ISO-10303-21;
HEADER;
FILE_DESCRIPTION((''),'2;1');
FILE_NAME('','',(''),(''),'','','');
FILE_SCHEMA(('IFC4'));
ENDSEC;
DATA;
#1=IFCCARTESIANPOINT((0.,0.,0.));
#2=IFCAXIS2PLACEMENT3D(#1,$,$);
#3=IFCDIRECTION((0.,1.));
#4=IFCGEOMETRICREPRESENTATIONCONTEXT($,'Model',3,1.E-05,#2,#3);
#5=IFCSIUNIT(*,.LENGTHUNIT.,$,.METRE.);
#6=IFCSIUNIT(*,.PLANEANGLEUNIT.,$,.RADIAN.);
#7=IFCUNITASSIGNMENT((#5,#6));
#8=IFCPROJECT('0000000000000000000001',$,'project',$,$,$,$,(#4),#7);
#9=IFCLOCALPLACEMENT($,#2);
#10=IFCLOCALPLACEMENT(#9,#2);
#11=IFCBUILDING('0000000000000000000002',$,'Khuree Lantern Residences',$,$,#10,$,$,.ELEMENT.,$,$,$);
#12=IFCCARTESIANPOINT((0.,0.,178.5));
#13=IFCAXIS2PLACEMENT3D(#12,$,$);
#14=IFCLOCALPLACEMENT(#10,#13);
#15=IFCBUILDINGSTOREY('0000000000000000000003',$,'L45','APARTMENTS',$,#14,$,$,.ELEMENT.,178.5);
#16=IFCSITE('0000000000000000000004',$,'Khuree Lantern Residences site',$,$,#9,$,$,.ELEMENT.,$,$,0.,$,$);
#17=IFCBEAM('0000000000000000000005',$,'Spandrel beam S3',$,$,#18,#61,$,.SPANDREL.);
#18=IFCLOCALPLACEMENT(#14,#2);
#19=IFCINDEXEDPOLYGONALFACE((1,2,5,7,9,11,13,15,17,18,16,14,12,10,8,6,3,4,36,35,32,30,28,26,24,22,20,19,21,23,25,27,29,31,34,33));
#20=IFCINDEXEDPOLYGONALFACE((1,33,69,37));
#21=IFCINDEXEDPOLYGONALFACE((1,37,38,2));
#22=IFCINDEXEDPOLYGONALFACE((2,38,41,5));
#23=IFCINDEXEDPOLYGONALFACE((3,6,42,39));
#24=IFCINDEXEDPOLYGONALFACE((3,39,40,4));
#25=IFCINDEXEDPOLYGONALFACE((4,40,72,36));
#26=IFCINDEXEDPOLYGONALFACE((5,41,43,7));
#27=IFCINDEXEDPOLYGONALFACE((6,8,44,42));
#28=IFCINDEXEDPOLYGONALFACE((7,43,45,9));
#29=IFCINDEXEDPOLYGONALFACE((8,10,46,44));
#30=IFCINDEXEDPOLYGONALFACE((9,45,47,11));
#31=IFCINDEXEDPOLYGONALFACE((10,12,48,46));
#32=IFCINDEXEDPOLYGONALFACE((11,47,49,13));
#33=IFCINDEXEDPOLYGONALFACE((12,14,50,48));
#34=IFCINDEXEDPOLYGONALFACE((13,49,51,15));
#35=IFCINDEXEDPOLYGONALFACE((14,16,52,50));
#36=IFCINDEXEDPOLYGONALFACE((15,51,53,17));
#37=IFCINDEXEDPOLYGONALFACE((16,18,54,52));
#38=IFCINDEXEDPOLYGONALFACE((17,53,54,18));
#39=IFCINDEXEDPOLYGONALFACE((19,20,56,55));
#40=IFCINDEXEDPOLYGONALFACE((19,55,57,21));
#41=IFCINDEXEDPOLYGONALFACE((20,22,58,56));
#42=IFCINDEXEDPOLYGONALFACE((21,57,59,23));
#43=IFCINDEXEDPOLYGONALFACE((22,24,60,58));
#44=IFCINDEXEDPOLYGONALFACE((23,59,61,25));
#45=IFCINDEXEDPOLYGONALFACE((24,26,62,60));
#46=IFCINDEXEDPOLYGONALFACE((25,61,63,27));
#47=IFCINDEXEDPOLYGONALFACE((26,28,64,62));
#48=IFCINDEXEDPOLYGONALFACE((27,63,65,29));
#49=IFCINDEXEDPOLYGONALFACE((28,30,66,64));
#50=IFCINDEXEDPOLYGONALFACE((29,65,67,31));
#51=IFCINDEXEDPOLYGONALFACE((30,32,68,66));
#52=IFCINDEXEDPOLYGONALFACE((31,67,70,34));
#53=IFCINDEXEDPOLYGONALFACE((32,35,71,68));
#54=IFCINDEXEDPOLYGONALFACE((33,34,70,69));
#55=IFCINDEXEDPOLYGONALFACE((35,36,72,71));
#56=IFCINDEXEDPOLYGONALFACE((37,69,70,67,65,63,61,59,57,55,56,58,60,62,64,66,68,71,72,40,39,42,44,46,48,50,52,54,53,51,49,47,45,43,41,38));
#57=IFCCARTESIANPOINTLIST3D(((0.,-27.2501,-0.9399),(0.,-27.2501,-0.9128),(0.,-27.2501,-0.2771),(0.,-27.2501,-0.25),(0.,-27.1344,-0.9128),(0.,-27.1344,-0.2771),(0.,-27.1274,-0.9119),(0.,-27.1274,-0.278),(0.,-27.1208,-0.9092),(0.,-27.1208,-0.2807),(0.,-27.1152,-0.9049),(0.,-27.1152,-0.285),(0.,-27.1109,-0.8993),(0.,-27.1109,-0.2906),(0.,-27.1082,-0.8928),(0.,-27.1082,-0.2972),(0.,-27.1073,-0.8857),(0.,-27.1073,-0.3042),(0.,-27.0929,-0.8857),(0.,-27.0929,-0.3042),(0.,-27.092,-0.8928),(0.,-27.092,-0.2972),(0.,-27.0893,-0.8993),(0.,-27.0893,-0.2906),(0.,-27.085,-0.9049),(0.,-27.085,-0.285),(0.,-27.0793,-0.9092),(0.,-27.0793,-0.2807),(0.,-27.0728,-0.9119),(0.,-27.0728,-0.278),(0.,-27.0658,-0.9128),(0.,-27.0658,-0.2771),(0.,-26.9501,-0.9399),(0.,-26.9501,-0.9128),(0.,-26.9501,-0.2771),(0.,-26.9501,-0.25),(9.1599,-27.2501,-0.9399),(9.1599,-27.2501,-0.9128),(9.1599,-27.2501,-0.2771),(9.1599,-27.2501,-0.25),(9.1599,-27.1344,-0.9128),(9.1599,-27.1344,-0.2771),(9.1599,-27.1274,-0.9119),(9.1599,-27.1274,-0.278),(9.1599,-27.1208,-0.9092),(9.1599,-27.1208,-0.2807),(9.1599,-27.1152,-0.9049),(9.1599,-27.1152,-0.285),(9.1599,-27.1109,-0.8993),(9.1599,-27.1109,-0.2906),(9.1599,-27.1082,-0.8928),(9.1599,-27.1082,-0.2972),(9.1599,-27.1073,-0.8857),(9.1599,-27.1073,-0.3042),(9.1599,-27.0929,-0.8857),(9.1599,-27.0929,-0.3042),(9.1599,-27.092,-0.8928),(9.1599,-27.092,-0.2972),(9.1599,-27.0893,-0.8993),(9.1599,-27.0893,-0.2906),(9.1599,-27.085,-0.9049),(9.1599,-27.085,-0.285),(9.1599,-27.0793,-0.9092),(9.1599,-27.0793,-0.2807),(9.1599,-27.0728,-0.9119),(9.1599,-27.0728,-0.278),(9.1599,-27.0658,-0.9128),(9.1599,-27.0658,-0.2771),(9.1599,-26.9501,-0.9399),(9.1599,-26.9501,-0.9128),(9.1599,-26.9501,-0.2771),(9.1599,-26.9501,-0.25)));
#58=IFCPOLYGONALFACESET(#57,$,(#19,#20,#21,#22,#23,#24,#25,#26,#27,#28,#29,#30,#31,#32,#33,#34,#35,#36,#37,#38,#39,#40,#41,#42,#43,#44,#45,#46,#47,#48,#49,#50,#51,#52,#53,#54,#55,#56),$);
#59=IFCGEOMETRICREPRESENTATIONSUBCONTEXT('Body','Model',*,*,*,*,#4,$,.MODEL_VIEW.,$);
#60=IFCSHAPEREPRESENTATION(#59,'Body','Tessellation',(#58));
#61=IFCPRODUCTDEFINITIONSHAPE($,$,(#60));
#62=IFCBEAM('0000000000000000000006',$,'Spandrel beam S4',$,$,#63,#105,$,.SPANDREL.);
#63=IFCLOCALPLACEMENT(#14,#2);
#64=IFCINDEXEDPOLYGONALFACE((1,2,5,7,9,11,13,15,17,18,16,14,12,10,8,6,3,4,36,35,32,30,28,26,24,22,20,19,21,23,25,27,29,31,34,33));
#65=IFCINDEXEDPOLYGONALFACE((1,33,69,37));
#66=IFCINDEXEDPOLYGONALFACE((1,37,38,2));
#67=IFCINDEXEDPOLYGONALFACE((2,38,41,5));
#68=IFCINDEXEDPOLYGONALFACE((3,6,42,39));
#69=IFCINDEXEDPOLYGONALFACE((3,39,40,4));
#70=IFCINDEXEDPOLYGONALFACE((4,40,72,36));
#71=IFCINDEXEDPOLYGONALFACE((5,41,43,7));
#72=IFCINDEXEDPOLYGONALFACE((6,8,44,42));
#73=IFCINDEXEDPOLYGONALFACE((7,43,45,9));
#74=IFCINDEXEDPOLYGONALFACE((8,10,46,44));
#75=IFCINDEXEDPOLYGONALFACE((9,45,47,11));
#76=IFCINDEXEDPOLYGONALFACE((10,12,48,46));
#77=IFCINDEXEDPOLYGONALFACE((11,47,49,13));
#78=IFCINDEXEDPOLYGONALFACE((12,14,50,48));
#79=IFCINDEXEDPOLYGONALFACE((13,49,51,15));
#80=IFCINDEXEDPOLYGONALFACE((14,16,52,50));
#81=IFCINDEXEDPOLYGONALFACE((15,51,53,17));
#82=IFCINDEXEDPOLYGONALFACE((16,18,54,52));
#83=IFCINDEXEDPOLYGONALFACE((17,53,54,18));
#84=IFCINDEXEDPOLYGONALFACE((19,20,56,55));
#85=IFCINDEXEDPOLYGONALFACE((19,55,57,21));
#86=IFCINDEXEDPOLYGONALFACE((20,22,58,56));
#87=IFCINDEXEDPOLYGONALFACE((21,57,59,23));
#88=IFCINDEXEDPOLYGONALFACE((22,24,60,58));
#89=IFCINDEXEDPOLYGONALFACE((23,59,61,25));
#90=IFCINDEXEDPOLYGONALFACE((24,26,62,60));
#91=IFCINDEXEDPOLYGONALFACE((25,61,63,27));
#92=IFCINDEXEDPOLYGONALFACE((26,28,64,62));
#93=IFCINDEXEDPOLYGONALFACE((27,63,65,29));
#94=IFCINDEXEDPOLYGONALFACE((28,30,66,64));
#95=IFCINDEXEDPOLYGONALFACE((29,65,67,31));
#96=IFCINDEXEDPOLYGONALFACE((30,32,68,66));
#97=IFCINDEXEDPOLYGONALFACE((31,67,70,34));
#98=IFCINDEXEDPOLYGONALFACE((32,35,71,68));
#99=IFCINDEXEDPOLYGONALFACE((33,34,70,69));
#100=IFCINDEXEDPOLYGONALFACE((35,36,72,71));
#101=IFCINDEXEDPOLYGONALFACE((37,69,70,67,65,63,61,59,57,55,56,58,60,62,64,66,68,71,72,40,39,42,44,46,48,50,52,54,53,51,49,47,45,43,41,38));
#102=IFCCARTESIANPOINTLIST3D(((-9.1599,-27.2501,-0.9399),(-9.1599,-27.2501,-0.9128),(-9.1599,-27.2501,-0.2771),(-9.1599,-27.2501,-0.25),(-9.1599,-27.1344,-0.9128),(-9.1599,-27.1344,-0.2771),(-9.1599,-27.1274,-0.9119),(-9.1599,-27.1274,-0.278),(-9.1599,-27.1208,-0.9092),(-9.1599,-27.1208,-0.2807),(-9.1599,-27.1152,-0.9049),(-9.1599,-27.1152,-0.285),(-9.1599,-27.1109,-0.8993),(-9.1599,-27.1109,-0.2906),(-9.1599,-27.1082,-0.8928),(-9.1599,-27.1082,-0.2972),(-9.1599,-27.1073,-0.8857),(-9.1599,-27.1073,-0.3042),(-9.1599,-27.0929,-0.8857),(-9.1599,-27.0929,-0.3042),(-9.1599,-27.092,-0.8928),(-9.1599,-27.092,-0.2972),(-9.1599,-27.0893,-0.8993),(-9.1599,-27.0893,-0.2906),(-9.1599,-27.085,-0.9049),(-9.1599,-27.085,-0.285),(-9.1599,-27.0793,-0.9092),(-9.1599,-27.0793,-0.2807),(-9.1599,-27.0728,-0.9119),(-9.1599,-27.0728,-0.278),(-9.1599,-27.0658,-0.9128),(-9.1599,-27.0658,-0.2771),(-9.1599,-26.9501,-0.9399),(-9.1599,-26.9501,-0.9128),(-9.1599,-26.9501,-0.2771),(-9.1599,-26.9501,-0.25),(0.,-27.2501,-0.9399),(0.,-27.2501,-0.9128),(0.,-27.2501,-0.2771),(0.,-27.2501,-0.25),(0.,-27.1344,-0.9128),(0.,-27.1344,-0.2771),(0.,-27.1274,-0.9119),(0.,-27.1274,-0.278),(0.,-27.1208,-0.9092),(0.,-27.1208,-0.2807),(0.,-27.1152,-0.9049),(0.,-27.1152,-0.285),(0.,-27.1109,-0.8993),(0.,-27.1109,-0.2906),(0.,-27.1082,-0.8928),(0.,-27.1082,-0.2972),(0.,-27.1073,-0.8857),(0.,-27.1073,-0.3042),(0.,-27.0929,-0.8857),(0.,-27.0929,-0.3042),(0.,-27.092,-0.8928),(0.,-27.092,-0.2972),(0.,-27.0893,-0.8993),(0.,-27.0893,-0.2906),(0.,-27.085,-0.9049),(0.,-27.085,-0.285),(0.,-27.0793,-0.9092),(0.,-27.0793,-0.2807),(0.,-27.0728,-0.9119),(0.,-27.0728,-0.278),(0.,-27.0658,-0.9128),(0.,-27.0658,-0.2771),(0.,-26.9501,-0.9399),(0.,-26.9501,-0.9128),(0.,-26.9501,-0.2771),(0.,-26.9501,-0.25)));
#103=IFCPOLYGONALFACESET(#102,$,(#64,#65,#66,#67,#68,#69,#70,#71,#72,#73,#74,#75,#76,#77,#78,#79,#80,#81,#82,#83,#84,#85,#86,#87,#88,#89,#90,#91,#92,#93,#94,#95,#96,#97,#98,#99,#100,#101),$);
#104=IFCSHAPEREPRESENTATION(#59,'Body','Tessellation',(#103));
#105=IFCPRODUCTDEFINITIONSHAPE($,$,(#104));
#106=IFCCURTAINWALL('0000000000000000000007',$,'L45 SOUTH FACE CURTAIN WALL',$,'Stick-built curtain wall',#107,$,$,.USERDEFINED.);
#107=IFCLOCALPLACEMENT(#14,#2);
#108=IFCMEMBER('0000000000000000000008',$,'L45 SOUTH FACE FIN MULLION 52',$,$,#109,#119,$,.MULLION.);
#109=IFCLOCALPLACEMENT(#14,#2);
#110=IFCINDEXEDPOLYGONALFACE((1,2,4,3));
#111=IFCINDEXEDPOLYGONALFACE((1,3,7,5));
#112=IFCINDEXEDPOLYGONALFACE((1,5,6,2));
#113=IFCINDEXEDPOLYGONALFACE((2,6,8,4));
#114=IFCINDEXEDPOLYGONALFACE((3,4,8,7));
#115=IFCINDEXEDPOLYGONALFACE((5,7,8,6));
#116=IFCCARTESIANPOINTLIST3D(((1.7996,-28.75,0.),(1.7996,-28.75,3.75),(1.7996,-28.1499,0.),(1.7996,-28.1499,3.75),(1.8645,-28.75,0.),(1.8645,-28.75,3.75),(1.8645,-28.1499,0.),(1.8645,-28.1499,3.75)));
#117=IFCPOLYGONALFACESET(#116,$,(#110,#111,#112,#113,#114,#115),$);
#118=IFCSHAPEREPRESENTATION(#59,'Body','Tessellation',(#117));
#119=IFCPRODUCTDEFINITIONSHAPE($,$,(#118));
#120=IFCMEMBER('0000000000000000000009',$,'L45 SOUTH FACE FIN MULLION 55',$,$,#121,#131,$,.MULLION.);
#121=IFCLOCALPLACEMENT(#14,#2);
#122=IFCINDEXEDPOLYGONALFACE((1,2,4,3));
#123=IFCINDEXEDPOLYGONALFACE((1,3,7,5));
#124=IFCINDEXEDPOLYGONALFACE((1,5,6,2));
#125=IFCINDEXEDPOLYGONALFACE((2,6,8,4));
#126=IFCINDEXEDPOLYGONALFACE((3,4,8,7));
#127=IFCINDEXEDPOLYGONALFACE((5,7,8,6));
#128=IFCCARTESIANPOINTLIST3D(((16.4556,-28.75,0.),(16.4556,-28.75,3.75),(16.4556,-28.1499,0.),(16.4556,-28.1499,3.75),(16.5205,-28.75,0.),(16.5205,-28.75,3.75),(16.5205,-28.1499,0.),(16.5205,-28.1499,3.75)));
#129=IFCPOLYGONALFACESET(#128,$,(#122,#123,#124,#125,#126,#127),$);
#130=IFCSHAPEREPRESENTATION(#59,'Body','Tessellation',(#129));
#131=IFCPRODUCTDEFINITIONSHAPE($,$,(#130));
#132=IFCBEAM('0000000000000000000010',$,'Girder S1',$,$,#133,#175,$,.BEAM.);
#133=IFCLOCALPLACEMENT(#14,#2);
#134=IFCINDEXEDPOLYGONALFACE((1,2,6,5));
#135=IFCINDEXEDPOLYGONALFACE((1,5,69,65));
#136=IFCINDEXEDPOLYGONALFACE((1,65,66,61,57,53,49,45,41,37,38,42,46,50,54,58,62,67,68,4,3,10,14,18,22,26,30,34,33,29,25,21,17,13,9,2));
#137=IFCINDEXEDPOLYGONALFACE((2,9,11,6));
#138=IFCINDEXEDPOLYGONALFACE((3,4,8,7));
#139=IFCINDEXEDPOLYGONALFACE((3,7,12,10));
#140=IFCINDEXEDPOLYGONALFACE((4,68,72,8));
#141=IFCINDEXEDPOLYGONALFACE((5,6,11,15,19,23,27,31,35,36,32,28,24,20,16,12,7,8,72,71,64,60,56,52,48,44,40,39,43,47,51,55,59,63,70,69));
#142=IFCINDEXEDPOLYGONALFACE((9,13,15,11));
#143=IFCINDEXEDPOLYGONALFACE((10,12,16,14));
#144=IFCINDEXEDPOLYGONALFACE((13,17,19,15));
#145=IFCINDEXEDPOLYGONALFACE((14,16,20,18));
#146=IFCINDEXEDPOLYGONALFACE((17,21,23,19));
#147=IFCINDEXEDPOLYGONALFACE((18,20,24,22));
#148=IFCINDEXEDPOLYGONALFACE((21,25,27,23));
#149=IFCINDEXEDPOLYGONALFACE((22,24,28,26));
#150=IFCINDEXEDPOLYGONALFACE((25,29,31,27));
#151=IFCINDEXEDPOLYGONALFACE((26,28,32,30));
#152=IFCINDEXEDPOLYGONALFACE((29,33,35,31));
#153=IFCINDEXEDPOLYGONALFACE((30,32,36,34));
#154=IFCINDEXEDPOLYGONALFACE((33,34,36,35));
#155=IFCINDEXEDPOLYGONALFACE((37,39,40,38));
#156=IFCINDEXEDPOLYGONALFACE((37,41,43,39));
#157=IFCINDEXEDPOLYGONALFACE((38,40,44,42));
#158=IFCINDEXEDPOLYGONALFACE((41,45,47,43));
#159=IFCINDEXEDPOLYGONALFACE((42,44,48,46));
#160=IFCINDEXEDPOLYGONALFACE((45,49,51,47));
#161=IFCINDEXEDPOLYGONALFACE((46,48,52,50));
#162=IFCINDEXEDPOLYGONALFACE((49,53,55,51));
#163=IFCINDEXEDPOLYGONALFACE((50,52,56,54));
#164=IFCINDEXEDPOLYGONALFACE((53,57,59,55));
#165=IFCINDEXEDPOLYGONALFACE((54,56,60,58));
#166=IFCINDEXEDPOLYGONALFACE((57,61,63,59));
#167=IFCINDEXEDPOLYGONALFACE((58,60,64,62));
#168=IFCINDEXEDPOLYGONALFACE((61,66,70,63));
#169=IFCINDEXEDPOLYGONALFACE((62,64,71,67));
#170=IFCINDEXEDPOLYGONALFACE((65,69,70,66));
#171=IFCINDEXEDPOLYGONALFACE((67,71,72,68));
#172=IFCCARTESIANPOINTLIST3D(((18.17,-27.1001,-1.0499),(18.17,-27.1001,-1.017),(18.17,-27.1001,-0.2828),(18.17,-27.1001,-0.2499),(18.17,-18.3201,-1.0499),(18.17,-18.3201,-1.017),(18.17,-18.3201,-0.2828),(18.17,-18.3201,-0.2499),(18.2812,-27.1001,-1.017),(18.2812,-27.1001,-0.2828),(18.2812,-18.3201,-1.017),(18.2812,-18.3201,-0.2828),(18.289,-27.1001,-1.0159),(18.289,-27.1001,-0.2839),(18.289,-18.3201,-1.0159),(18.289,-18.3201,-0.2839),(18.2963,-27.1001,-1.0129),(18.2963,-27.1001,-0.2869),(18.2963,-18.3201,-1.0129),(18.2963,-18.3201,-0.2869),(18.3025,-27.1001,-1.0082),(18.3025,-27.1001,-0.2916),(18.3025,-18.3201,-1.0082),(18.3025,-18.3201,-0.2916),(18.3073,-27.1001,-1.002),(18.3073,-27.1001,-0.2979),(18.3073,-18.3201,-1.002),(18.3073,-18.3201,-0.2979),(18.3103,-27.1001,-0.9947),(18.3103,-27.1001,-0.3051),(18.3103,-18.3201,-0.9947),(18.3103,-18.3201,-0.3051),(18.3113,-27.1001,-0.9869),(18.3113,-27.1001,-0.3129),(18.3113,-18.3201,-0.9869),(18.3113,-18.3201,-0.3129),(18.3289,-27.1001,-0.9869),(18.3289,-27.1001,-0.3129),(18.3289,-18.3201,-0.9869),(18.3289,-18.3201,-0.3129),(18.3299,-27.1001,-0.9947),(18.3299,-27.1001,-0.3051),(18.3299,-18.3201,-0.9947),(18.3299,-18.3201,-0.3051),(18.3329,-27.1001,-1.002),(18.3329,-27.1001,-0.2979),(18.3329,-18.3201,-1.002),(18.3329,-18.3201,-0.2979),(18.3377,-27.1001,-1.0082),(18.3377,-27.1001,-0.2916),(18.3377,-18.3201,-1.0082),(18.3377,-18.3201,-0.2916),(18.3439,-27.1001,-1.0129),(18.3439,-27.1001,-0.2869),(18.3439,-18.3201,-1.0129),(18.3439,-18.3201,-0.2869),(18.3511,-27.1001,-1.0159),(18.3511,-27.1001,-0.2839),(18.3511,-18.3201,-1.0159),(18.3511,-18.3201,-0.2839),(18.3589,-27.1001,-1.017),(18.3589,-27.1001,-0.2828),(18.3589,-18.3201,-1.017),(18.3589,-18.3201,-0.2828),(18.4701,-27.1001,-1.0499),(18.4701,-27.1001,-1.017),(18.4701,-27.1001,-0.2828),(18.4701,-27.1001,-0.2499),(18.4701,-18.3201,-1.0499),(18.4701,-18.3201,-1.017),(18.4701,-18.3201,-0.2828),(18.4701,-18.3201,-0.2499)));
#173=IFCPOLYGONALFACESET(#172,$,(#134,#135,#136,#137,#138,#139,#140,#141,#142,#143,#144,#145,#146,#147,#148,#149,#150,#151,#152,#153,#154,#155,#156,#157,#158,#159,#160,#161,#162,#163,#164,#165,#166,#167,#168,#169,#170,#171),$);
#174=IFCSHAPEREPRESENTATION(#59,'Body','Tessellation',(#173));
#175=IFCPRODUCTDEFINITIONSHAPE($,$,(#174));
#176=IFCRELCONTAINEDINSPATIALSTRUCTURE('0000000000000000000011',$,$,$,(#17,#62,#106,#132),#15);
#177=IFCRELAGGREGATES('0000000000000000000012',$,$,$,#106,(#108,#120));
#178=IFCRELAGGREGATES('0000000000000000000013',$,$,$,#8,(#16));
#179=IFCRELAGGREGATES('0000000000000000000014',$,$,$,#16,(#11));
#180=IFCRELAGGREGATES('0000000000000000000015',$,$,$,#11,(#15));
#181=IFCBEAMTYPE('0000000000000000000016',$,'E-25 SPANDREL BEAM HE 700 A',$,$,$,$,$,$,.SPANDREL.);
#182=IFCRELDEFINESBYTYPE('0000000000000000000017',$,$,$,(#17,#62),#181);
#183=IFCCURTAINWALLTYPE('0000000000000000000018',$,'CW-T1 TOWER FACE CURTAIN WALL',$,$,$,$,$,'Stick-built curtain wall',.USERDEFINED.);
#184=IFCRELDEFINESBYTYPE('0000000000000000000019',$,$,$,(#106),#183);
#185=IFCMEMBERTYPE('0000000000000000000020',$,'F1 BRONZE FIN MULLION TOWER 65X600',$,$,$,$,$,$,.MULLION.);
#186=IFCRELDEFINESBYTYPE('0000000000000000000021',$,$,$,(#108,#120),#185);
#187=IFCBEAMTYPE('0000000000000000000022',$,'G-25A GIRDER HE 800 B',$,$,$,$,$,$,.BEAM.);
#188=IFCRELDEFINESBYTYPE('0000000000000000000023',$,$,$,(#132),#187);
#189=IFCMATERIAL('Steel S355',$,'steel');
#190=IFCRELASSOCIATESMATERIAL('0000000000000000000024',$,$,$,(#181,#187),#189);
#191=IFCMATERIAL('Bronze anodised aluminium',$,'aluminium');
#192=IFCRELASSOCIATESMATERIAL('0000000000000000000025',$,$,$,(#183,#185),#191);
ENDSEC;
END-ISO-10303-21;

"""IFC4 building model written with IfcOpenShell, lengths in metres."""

from ifc_helpers import new_model, si_unit, direction, frame, origin, origin_2d, place, context, subcontext, project, spatial, rectangle, i_section, extrude, material, material_profile, profile_set, type_object, element, aggregate, save


model = new_model("IFC4")

# Units and contexts
model_context = context("Model", 3, precision=1e-05, world=origin(), true_north=direction((0.0, 1.0)))
body_context = subcontext(model_context, "Body", "Model", "MODEL_VIEW")
ifc_project = project(units=[si_unit("LENGTHUNIT", "METRE"), si_unit("PLANEANGLEUNIT", "RADIAN")], contexts=[model_context])

# Site, building, storey
site_placement = place(None, origin())
site = spatial("IfcSite", under=ifc_project, at=site_placement, Name="Khuree Lantern Residences site", CompositionType="ELEMENT", RefElevation=0.0)
building_placement = place(site_placement, origin())
building = spatial("IfcBuilding", under=site, at=building_placement, Name="Khuree Lantern Residences", CompositionType="ELEMENT")
storey_placement = place(building_placement, frame((0.0, 0.0, 178.5)))
storey = spatial("IfcBuildingStorey", under=building, at=storey_placement, Name="L45", Description="APARTMENTS", CompositionType="ELEMENT", Elevation=178.5)

# Beams
ifc_material_1 = material(Name="Steel S355", Category="steel")
ifc_material_profile_1 = material_profile(ifc_material_1, i_section(OverallWidth=0.3, OverallDepth=0.6899, WebThickness=0.0144, FlangeThickness=0.0271, FilletRadius=0.0271, at=origin_2d()), Name="HE 700 A")
ifc_profile_set_1 = profile_set([ifc_material_profile_1], Name="Steel S355")
beam_type_1 = type_object("IfcBeamType", Name="E-25 SPANDREL BEAM HE 700 A", PredefinedType="SPANDREL", material=ifc_profile_set_1)
for number, where, z_axis, x_axis, name in (
    (1, (9.1599, -27.1001, -0.595), (-1.0, 0.0, 0.0), (0.0, -1.0, 0.0), "Spandrel beam S3"),
    (2, (0.0, -27.1001, -0.595), (-1.0, 0.0, 0.0), (0.0, -1.0, 0.0), "Spandrel beam S4"),
):
    element("IfcBeam", number, at=place(storey_placement, frame(where, z_axis=z_axis, x_axis=x_axis)), inside=storey, type_object=beam_type_1, Name=name, PredefinedType="SPANDREL", context=body_context, shape_type="SweptSolid", body=[
        extrude(i_section(OverallWidth=0.3, OverallDepth=0.6899, WebThickness=0.0144, FlangeThickness=0.0271, FilletRadius=0.0271, at=origin_2d()), origin(), (0.0, 0.0, 1.0), 9.1599),
    ])

# Curtain wall, members
ifc_material_2 = material(Name="Bronze anodised aluminium", Category="aluminium")
curtain_wall_type = type_object("IfcCurtainWallType", Name="CW-T1 TOWER FACE CURTAIN WALL", ElementType="Stick-built curtain wall", PredefinedType="USERDEFINED", material=ifc_material_2)
curtain_wall_placement = place(storey_placement, origin())
curtain_wall = element("IfcCurtainWall", 3, at=curtain_wall_placement, inside=storey, type_object=curtain_wall_type, Name="L45 SOUTH FACE CURTAIN WALL", ObjectType="Stick-built curtain wall", PredefinedType="USERDEFINED")
ifc_material_profile_2 = material_profile(ifc_material_2, rectangle(XDim=0.0649, YDim=0.6001, at=origin_2d()), Name="F1 65X600")
ifc_profile_set_2 = profile_set([ifc_material_profile_2], Name="Bronze anodised aluminium")
member_type_1 = type_object("IfcMemberType", Name="F1 BRONZE FIN MULLION TOWER 65X600", PredefinedType="MULLION", material=ifc_profile_set_2)
member_1_placement = place(storey_placement, frame((1.832, -28.45, 0.0), z_axis=(0.0, 0.0, 1.0), x_axis=(1.0, 0.0, 0.0)))
member_1 = element("IfcMember", 4, at=member_1_placement, type_object=member_type_1, Name="L45 SOUTH FACE FIN MULLION 52", PredefinedType="MULLION", context=body_context, shape_type="SweptSolid", body=[
    extrude(rectangle(XDim=0.0649, YDim=0.6001, at=origin_2d()), origin(), (0.0, 0.0, 1.0), 3.75),
])
member_2_placement = place(storey_placement, frame((16.488, -28.45, 0.0), z_axis=(0.0, 0.0, 1.0), x_axis=(1.0, 0.0, 0.0)))
member_2 = element("IfcMember", 5, at=member_2_placement, type_object=member_type_1, Name="L45 SOUTH FACE FIN MULLION 55", PredefinedType="MULLION", context=body_context, shape_type="SweptSolid", body=[
    extrude(rectangle(XDim=0.0649, YDim=0.6001, at=origin_2d()), origin(), (0.0, 0.0, 1.0), 3.75),
])

# Beam
ifc_material_profile_3 = material_profile(ifc_material_1, i_section(OverallWidth=0.3, OverallDepth=0.8, WebThickness=0.0176, FlangeThickness=0.033, FilletRadius=0.03, at=origin_2d()), Name="HE 800 B")
ifc_profile_set_3 = profile_set([ifc_material_profile_3], Name="Steel S355")
beam_type_2 = type_object("IfcBeamType", Name="G-25A GIRDER HE 800 B", PredefinedType="BEAM", material=ifc_profile_set_3)
beam_1_placement = place(storey_placement, frame((18.3201, -27.1001, -0.6499), z_axis=(0.0, 1.0, 0.0), x_axis=(-1.0, 0.0, 0.0)))
element("IfcBeam", 6, at=beam_1_placement, inside=storey, type_object=beam_type_2, Name="Girder S1", PredefinedType="BEAM", context=body_context, shape_type="SweptSolid", body=[
    extrude(i_section(OverallWidth=0.3, OverallDepth=0.8, WebThickness=0.0176, FlangeThickness=0.033, FilletRadius=0.03, at=origin_2d()), origin(), (0.0, 0.0, 1.0), 8.78),
])

aggregate(curtain_wall, [member_1, member_2])

save(model, "model.ifc")
